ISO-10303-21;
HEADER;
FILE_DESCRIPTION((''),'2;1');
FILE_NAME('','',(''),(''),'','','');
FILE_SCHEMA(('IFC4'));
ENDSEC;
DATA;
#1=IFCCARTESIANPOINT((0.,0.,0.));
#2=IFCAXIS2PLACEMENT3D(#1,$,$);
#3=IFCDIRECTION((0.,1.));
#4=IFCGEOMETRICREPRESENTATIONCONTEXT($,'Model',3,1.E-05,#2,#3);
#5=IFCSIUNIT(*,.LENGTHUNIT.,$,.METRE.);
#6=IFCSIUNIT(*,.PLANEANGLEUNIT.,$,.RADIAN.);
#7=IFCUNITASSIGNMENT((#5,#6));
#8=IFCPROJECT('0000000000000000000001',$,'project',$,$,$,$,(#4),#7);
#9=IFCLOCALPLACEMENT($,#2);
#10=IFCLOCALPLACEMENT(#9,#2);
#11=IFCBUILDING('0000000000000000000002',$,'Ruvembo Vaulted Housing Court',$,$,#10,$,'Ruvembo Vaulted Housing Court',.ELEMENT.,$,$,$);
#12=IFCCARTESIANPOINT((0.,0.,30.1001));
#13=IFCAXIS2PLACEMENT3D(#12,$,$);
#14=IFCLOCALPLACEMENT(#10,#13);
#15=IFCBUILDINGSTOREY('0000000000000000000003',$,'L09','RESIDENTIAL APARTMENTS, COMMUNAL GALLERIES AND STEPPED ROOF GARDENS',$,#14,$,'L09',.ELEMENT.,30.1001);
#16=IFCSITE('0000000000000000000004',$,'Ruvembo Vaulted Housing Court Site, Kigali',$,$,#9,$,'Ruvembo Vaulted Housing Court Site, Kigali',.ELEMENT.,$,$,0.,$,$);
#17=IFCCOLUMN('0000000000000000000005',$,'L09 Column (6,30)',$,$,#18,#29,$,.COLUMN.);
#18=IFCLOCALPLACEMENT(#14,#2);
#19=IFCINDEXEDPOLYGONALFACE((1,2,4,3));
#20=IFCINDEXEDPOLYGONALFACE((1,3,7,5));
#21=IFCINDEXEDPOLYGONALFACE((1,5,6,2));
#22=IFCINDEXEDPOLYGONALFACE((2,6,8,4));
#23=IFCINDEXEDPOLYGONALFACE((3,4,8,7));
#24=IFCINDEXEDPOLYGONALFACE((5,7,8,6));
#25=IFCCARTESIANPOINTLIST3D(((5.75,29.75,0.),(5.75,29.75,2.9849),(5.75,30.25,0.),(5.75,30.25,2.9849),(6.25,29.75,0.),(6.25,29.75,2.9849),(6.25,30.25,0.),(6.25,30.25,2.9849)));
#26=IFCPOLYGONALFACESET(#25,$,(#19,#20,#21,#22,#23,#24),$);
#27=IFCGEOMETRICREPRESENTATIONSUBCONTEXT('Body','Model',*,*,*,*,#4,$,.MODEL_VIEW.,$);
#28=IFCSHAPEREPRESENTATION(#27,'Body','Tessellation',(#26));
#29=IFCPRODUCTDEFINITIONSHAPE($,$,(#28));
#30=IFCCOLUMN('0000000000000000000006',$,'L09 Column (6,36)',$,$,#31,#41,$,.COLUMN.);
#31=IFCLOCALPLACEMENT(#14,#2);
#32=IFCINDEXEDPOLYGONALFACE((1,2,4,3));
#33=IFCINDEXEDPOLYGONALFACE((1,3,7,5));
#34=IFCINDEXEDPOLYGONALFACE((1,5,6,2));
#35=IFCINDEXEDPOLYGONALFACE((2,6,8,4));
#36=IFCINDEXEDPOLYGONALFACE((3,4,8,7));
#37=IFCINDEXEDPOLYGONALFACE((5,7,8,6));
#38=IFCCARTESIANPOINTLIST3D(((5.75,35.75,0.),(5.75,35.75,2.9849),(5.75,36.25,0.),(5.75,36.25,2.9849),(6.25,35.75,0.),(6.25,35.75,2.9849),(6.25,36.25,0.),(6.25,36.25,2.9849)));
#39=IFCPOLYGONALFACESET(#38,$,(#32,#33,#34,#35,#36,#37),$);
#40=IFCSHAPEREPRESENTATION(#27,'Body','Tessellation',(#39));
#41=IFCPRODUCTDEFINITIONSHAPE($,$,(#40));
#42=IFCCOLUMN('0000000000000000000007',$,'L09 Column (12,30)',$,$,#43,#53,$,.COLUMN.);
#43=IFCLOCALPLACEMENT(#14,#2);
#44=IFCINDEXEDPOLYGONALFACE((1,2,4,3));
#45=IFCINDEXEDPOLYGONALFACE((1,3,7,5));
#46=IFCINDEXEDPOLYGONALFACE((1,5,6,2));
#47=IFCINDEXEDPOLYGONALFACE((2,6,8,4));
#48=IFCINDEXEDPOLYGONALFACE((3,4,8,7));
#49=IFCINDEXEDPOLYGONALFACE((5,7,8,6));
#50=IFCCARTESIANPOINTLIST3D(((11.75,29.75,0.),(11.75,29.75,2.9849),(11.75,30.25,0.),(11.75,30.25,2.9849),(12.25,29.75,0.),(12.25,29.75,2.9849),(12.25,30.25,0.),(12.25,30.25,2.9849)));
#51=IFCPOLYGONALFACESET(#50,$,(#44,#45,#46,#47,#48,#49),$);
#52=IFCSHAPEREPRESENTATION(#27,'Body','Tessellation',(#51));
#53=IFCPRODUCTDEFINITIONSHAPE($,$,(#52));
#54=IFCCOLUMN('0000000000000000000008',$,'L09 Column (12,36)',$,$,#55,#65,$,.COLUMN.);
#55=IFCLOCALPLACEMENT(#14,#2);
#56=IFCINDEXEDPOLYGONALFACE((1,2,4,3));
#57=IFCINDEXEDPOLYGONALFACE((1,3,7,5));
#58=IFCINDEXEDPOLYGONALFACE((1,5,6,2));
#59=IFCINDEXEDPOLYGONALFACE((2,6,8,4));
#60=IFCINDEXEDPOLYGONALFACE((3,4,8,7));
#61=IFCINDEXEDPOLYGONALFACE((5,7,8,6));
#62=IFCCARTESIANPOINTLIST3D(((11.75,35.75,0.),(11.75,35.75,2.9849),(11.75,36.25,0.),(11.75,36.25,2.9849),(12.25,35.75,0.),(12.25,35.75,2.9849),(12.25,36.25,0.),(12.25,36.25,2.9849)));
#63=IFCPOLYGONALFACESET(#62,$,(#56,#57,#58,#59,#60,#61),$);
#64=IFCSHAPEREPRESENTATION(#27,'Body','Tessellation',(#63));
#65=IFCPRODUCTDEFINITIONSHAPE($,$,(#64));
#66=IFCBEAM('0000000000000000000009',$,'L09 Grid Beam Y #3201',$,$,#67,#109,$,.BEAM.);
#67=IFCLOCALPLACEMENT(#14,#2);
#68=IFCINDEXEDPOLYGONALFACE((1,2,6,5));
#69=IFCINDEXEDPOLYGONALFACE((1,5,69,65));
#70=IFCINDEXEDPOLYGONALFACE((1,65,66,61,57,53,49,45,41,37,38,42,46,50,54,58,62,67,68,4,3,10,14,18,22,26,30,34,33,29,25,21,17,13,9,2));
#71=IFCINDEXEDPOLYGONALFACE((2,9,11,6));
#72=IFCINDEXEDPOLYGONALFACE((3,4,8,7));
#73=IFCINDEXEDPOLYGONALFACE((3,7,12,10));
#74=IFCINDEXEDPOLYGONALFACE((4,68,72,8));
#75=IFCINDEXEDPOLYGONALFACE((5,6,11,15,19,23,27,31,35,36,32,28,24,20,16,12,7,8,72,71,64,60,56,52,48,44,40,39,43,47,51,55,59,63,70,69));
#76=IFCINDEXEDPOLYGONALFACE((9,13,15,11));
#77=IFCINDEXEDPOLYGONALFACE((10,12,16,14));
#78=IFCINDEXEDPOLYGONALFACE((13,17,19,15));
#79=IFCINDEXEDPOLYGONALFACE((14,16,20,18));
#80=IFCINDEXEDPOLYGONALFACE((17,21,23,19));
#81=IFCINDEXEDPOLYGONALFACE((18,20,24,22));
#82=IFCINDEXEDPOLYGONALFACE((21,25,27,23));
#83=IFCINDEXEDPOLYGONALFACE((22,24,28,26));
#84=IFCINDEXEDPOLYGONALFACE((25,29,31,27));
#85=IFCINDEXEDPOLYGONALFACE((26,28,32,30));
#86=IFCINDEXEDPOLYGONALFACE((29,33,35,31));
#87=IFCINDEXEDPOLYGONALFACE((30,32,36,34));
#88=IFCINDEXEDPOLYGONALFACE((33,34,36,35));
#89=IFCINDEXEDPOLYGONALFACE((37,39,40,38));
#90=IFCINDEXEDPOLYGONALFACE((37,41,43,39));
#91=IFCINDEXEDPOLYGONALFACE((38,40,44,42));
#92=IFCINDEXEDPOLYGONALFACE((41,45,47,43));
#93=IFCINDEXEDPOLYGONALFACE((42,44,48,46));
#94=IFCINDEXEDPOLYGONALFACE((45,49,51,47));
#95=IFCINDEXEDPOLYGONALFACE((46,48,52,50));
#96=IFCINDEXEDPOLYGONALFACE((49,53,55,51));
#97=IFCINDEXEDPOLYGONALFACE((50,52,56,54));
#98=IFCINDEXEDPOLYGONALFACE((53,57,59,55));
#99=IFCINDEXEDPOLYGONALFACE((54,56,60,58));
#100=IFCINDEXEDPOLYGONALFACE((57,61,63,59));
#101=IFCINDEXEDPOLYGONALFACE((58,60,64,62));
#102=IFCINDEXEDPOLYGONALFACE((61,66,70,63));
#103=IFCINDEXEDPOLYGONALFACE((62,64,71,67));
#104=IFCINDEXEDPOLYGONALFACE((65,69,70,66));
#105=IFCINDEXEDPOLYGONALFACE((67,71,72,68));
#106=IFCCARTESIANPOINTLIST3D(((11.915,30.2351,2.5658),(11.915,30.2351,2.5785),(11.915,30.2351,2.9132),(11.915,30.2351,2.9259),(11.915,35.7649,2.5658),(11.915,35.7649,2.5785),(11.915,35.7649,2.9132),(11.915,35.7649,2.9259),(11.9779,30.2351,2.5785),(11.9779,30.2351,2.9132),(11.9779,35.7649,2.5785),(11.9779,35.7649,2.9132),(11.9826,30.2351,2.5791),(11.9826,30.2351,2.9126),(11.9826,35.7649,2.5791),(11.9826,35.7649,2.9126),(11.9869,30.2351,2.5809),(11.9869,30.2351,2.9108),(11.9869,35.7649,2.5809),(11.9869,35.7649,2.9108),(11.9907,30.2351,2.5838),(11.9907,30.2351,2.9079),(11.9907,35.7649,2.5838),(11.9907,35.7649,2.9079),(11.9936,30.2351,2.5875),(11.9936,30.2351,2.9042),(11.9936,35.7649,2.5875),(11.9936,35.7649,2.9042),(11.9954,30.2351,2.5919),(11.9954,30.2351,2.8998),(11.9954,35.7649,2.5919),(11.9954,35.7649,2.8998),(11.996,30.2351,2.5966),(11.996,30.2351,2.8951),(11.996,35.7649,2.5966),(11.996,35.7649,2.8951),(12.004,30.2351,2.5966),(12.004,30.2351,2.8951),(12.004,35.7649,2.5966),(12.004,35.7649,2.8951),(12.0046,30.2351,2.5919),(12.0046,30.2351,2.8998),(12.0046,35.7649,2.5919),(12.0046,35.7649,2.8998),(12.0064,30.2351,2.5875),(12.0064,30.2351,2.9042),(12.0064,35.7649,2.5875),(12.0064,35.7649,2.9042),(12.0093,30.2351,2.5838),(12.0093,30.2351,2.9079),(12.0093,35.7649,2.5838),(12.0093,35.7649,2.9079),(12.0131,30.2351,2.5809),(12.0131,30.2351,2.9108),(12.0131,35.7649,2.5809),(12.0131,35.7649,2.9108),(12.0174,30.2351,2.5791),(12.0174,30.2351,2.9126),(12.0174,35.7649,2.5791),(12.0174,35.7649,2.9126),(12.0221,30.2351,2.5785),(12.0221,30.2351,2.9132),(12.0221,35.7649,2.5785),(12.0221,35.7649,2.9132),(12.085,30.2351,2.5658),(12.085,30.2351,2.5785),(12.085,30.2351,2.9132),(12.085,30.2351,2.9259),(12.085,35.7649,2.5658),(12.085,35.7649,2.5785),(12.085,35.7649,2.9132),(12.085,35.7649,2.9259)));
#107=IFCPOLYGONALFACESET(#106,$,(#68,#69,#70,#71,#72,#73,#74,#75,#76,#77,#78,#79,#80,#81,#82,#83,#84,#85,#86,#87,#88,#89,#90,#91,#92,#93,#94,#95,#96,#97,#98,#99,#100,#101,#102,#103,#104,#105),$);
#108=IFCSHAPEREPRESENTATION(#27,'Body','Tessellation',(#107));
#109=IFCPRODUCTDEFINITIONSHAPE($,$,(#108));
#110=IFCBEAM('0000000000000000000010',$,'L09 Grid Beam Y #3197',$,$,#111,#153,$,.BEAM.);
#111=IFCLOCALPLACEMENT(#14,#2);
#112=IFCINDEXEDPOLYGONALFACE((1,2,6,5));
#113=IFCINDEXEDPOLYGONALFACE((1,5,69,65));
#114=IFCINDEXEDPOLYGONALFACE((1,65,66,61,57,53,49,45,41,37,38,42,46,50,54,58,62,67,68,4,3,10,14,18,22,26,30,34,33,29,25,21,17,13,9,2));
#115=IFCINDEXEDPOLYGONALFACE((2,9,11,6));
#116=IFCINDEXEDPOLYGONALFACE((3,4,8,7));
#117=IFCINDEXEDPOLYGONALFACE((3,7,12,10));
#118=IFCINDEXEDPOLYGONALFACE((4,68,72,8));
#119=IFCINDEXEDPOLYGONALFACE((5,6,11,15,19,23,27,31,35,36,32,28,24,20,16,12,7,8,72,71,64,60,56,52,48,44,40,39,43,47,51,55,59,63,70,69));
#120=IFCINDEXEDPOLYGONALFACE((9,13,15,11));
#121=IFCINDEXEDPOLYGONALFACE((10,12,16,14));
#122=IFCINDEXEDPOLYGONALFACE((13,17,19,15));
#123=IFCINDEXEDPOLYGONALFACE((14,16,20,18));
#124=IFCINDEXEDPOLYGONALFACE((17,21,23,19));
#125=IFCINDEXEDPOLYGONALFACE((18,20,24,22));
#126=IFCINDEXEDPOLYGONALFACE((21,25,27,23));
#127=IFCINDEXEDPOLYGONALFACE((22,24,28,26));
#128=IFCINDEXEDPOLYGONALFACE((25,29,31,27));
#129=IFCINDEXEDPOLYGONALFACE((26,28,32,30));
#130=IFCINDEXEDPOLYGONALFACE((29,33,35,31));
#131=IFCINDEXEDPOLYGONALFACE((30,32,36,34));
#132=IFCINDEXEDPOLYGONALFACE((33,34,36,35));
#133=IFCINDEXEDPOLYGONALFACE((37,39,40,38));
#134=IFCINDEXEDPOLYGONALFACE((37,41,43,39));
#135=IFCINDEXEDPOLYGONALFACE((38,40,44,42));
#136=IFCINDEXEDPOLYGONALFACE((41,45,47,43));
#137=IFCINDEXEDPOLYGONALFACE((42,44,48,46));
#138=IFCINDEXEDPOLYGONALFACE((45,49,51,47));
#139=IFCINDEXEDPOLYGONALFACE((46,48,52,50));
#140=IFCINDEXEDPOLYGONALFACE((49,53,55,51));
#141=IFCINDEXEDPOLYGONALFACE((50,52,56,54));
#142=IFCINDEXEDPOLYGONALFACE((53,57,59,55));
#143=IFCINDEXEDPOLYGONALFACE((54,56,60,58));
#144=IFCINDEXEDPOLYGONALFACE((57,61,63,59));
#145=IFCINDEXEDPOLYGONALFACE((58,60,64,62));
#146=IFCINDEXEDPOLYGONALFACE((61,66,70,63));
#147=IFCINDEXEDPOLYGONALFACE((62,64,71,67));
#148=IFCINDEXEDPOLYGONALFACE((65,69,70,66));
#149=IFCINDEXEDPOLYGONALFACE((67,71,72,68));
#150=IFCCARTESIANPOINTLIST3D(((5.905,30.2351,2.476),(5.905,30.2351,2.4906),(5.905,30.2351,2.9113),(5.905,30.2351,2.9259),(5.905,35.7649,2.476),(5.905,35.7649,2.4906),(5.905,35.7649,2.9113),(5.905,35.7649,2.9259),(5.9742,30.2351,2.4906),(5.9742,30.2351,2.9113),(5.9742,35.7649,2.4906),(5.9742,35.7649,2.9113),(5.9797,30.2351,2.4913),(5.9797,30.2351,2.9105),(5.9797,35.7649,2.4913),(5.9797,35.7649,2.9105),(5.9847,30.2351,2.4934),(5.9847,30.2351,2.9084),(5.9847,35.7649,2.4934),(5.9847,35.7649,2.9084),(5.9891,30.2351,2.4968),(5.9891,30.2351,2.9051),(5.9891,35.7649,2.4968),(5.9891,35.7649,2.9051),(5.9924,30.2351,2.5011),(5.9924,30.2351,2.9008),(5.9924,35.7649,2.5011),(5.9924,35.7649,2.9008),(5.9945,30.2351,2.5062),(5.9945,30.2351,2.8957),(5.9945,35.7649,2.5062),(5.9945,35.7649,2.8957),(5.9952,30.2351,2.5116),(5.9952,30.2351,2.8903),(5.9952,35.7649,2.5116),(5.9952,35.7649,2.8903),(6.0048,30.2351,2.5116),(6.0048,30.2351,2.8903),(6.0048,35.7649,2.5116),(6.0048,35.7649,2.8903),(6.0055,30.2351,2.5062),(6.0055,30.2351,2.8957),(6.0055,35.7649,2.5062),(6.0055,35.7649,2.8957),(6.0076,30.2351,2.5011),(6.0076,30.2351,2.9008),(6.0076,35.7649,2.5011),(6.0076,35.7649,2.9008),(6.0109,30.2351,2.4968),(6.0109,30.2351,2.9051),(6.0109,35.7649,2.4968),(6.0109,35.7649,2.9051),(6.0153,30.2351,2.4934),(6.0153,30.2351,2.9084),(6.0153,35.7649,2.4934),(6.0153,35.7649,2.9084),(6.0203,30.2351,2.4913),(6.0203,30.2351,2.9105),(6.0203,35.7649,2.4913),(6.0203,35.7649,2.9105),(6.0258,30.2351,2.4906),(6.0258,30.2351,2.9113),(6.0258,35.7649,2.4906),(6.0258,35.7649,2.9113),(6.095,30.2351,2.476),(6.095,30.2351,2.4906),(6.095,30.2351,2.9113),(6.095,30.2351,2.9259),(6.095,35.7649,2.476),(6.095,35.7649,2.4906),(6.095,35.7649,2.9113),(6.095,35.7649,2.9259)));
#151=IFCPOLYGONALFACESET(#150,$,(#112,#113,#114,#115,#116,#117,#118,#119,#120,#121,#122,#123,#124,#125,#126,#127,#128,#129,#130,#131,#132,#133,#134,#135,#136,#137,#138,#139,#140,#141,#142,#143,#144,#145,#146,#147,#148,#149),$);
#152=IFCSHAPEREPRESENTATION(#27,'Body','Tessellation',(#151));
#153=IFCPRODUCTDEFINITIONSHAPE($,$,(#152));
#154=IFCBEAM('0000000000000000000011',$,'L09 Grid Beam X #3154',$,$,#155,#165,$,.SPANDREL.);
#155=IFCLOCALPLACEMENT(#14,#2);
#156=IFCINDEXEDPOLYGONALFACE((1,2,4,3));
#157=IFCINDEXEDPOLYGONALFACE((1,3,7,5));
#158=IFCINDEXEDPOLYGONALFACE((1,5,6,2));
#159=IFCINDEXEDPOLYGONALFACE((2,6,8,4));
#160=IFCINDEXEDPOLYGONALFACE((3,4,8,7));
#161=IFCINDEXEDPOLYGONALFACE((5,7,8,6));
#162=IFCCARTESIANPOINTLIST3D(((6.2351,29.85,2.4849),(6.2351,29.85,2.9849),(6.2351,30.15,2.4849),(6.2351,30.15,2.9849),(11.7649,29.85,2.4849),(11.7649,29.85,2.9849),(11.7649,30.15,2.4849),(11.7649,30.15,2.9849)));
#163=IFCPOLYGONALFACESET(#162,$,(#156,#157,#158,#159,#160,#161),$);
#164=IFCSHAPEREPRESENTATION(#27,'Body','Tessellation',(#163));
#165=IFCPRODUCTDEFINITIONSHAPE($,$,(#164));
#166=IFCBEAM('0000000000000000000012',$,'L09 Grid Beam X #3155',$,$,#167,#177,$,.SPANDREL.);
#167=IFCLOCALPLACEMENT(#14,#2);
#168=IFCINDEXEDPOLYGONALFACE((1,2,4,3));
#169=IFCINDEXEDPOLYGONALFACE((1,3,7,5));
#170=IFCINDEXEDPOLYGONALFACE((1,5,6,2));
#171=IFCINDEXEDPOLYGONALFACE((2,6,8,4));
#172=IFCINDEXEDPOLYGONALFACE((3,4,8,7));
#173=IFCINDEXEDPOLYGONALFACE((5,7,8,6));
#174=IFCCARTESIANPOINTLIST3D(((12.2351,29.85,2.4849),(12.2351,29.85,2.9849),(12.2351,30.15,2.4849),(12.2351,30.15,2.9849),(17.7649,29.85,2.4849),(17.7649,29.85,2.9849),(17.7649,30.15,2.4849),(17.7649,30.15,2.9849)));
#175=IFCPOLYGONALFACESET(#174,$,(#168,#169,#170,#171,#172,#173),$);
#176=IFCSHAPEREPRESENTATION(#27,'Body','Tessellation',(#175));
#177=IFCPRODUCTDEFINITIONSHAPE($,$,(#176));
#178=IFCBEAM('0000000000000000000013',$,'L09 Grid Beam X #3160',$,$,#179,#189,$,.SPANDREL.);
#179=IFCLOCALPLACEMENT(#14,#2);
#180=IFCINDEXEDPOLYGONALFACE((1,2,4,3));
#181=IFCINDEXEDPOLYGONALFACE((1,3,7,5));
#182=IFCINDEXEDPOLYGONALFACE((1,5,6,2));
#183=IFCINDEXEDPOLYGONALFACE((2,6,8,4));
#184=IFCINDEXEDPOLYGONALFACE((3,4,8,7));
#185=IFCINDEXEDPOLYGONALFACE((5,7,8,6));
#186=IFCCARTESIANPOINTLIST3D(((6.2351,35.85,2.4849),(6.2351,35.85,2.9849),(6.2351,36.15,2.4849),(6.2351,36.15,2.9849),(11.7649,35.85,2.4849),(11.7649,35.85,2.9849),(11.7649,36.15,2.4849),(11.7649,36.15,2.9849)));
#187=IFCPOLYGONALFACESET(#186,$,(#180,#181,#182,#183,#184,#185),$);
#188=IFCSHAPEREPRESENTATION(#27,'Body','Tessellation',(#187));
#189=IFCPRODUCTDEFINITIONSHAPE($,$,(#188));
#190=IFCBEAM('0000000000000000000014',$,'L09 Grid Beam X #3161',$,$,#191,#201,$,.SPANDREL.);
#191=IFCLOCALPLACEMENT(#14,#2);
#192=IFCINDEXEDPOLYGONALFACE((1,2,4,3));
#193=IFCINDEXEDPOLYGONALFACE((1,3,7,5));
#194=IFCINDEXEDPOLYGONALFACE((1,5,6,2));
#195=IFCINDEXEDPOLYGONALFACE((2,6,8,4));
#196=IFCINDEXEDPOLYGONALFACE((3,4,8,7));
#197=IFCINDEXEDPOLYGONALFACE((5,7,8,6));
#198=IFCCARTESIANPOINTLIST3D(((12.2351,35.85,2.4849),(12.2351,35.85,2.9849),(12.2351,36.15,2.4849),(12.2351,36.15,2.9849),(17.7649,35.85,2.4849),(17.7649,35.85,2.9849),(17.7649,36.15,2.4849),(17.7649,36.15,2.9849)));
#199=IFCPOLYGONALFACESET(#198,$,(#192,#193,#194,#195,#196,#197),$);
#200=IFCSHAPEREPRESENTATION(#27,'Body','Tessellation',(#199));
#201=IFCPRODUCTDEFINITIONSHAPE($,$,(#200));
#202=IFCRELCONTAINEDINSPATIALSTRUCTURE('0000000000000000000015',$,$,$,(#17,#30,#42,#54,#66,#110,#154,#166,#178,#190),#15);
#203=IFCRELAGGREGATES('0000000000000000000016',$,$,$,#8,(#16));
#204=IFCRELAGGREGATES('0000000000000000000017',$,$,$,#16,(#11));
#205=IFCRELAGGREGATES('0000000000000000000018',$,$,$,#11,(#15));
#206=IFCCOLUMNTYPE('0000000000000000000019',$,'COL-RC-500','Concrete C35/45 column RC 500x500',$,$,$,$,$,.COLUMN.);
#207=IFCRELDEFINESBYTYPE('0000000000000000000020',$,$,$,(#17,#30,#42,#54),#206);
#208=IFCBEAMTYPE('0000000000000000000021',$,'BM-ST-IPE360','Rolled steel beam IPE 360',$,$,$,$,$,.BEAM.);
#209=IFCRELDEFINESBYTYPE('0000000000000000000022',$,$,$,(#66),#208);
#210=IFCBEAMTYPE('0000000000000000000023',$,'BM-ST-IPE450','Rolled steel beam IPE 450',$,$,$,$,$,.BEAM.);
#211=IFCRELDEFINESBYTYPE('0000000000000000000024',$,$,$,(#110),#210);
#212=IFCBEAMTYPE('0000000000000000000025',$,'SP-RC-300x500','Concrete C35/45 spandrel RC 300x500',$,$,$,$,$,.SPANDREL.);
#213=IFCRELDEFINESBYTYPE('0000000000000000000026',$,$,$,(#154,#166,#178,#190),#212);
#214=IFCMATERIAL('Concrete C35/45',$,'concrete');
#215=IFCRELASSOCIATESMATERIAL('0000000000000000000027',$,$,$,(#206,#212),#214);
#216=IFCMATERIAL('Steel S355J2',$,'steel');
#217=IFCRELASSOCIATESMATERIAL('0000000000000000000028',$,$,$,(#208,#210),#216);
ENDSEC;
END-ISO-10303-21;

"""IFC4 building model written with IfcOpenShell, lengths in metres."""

from ifc_helpers import new_model, si_unit, direction, frame, origin, origin_2d, place, context, subcontext, project, spatial, rectangle, i_section, extrude, material, material_profile, profile_set, type_object, element, save


model = new_model("IFC4")

# Units and contexts
model_context = context("Model", 3, precision=1e-05, world=origin(), true_north=direction((0.0, 1.0)))
body_context = subcontext(model_context, "Body", "Model", "MODEL_VIEW")
ifc_project = project(units=[si_unit("LENGTHUNIT", "METRE"), si_unit("PLANEANGLEUNIT", "RADIAN")], contexts=[model_context])

# Site, building, storey
site_placement = place(None, origin())
site = spatial("IfcSite", under=ifc_project, at=site_placement, Name="Ruvembo Vaulted Housing Court Site, Kigali", LongName="Ruvembo Vaulted Housing Court Site, Kigali", CompositionType="ELEMENT", RefElevation=0.0)
building_placement = place(site_placement, origin())
building = spatial("IfcBuilding", under=site, at=building_placement, Name="Ruvembo Vaulted Housing Court", LongName="Ruvembo Vaulted Housing Court", CompositionType="ELEMENT")
storey_placement = place(building_placement, frame((0.0, 0.0, 30.1001)))
storey = spatial("IfcBuildingStorey", under=building, at=storey_placement, Name="L09", Description="RESIDENTIAL APARTMENTS, COMMUNAL GALLERIES AND STEPPED ROOF GARDENS", LongName="L09", CompositionType="ELEMENT", Elevation=30.1001)

# Columns
ifc_material_1 = material(Name="Concrete C35/45", Category="concrete")
ifc_material_profile_1 = material_profile(ifc_material_1, rectangle(XDim=0.5, YDim=0.5, at=origin_2d()), Name="RC 500x500")
ifc_profile_set_1 = profile_set([ifc_material_profile_1], Name="Concrete C35/45")
column_type = type_object("IfcColumnType", Name="COL-RC-500", Description="Concrete C35/45 column RC 500x500", PredefinedType="COLUMN", material=ifc_profile_set_1)
for number, where, z_axis, x_axis, name in (
    (1, (6.0, 30.0, 0.0), (0.0, 0.0, 1.0), (1.0, 0.0, 0.0), "L09 Column (6,30)"),
    (2, (6.0, 36.0, 0.0), (0.0, 0.0, 1.0), (1.0, 0.0, 0.0), "L09 Column (6,36)"),
    (3, (12.0, 30.0, 0.0), (0.0, 0.0, 1.0), (1.0, 0.0, 0.0), "L09 Column (12,30)"),
    (4, (12.0, 36.0, 0.0), (0.0, 0.0, 1.0), (1.0, 0.0, 0.0), "L09 Column (12,36)"),
):
    element("IfcColumn", number, at=place(storey_placement, frame(where, z_axis=z_axis, x_axis=x_axis)), inside=storey, type_object=column_type, Name=name, PredefinedType="COLUMN", context=body_context, shape_type="SweptSolid", body=[
        extrude(rectangle(XDim=0.5, YDim=0.5, at=origin_2d()), origin(), (0.0, 0.0, 1.0), 2.9849),
    ])

# Beams
ifc_material_2 = material(Name="Steel S355J2", Category="steel")
ifc_material_profile_2 = material_profile(ifc_material_2, i_section(OverallWidth=0.1699, OverallDepth=0.3601, WebThickness=0.0081, FlangeThickness=0.0127, FilletRadius=0.0181, at=origin_2d()), Name="IPE 360")
ifc_profile_set_2 = profile_set([ifc_material_profile_2], Name="Steel S355J2")
beam_type_1 = type_object("IfcBeamType", Name="BM-ST-IPE360", Description="Rolled steel beam IPE 360", PredefinedType="BEAM", material=ifc_profile_set_2)
beam_1_placement = place(storey_placement, frame((12.0, 30.2351, 2.7458), z_axis=(0.0, 1.0, 0.0), x_axis=(-1.0, 0.0, 0.0)))
element("IfcBeam", 5, at=beam_1_placement, inside=storey, type_object=beam_type_1, Name="L09 Grid Beam Y #3201", PredefinedType="BEAM", context=body_context, shape_type="SweptSolid", body=[
    extrude(i_section(OverallWidth=0.1699, OverallDepth=0.3601, WebThickness=0.0081, FlangeThickness=0.0127, FilletRadius=0.0181, at=origin_2d()), origin(), (0.0, 0.0, 1.0), 5.5298),
])
ifc_material_profile_3 = material_profile(ifc_material_2, i_section(OverallWidth=0.1899, OverallDepth=0.45, WebThickness=0.0095, FlangeThickness=0.0146, FilletRadius=0.021, at=origin_2d()), Name="IPE 450")
ifc_profile_set_3 = profile_set([ifc_material_profile_3], Name="Steel S355J2")
beam_type_2 = type_object("IfcBeamType", Name="BM-ST-IPE450", Description="Rolled steel beam IPE 450", PredefinedType="BEAM", material=ifc_profile_set_3)
beam_2_placement = place(storey_placement, frame((6.0, 30.2351, 2.7009), z_axis=(0.0, 1.0, 0.0), x_axis=(-1.0, 0.0, 0.0)))
element("IfcBeam", 6, at=beam_2_placement, inside=storey, type_object=beam_type_2, Name="L09 Grid Beam Y #3197", PredefinedType="BEAM", context=body_context, shape_type="SweptSolid", body=[
    extrude(i_section(OverallWidth=0.1899, OverallDepth=0.45, WebThickness=0.0095, FlangeThickness=0.0146, FilletRadius=0.021, at=origin_2d()), origin(), (0.0, 0.0, 1.0), 5.5298),
])
ifc_material_profile_4 = material_profile(ifc_material_1, rectangle(XDim=0.3, YDim=0.5, at=origin_2d()), Name="RC 300x500")
ifc_profile_set_4 = profile_set([ifc_material_profile_4], Name="Concrete C35/45")
beam_type_3 = type_object("IfcBeamType", Name="SP-RC-300x500", Description="Concrete C35/45 spandrel RC 300x500", PredefinedType="SPANDREL", material=ifc_profile_set_4)
for number, where, z_axis, x_axis, name in (
    (7, (6.2351, 30.0, 2.7349), (1.0, 0.0, 0.0), (0.0, 1.0, 0.0), "L09 Grid Beam X #3154"),
    (8, (12.2351, 30.0, 2.7349), (1.0, 0.0, 0.0), (0.0, 1.0, 0.0), "L09 Grid Beam X #3155"),
    (9, (6.2351, 36.0, 2.7349), (1.0, 0.0, 0.0), (0.0, 1.0, 0.0), "L09 Grid Beam X #3160"),
    (10, (12.2351, 36.0, 2.7349), (1.0, 0.0, 0.0), (0.0, 1.0, 0.0), "L09 Grid Beam X #3161"),
):
    element("IfcBeam", number, at=place(storey_placement, frame(where, z_axis=z_axis, x_axis=x_axis)), inside=storey, type_object=beam_type_3, Name=name, PredefinedType="SPANDREL", context=body_context, shape_type="SweptSolid", body=[
        extrude(rectangle(XDim=0.3, YDim=0.5, at=origin_2d()), origin(), (0.0, 0.0, 1.0), 5.5298),
    ])

save(model, "model.ifc")
